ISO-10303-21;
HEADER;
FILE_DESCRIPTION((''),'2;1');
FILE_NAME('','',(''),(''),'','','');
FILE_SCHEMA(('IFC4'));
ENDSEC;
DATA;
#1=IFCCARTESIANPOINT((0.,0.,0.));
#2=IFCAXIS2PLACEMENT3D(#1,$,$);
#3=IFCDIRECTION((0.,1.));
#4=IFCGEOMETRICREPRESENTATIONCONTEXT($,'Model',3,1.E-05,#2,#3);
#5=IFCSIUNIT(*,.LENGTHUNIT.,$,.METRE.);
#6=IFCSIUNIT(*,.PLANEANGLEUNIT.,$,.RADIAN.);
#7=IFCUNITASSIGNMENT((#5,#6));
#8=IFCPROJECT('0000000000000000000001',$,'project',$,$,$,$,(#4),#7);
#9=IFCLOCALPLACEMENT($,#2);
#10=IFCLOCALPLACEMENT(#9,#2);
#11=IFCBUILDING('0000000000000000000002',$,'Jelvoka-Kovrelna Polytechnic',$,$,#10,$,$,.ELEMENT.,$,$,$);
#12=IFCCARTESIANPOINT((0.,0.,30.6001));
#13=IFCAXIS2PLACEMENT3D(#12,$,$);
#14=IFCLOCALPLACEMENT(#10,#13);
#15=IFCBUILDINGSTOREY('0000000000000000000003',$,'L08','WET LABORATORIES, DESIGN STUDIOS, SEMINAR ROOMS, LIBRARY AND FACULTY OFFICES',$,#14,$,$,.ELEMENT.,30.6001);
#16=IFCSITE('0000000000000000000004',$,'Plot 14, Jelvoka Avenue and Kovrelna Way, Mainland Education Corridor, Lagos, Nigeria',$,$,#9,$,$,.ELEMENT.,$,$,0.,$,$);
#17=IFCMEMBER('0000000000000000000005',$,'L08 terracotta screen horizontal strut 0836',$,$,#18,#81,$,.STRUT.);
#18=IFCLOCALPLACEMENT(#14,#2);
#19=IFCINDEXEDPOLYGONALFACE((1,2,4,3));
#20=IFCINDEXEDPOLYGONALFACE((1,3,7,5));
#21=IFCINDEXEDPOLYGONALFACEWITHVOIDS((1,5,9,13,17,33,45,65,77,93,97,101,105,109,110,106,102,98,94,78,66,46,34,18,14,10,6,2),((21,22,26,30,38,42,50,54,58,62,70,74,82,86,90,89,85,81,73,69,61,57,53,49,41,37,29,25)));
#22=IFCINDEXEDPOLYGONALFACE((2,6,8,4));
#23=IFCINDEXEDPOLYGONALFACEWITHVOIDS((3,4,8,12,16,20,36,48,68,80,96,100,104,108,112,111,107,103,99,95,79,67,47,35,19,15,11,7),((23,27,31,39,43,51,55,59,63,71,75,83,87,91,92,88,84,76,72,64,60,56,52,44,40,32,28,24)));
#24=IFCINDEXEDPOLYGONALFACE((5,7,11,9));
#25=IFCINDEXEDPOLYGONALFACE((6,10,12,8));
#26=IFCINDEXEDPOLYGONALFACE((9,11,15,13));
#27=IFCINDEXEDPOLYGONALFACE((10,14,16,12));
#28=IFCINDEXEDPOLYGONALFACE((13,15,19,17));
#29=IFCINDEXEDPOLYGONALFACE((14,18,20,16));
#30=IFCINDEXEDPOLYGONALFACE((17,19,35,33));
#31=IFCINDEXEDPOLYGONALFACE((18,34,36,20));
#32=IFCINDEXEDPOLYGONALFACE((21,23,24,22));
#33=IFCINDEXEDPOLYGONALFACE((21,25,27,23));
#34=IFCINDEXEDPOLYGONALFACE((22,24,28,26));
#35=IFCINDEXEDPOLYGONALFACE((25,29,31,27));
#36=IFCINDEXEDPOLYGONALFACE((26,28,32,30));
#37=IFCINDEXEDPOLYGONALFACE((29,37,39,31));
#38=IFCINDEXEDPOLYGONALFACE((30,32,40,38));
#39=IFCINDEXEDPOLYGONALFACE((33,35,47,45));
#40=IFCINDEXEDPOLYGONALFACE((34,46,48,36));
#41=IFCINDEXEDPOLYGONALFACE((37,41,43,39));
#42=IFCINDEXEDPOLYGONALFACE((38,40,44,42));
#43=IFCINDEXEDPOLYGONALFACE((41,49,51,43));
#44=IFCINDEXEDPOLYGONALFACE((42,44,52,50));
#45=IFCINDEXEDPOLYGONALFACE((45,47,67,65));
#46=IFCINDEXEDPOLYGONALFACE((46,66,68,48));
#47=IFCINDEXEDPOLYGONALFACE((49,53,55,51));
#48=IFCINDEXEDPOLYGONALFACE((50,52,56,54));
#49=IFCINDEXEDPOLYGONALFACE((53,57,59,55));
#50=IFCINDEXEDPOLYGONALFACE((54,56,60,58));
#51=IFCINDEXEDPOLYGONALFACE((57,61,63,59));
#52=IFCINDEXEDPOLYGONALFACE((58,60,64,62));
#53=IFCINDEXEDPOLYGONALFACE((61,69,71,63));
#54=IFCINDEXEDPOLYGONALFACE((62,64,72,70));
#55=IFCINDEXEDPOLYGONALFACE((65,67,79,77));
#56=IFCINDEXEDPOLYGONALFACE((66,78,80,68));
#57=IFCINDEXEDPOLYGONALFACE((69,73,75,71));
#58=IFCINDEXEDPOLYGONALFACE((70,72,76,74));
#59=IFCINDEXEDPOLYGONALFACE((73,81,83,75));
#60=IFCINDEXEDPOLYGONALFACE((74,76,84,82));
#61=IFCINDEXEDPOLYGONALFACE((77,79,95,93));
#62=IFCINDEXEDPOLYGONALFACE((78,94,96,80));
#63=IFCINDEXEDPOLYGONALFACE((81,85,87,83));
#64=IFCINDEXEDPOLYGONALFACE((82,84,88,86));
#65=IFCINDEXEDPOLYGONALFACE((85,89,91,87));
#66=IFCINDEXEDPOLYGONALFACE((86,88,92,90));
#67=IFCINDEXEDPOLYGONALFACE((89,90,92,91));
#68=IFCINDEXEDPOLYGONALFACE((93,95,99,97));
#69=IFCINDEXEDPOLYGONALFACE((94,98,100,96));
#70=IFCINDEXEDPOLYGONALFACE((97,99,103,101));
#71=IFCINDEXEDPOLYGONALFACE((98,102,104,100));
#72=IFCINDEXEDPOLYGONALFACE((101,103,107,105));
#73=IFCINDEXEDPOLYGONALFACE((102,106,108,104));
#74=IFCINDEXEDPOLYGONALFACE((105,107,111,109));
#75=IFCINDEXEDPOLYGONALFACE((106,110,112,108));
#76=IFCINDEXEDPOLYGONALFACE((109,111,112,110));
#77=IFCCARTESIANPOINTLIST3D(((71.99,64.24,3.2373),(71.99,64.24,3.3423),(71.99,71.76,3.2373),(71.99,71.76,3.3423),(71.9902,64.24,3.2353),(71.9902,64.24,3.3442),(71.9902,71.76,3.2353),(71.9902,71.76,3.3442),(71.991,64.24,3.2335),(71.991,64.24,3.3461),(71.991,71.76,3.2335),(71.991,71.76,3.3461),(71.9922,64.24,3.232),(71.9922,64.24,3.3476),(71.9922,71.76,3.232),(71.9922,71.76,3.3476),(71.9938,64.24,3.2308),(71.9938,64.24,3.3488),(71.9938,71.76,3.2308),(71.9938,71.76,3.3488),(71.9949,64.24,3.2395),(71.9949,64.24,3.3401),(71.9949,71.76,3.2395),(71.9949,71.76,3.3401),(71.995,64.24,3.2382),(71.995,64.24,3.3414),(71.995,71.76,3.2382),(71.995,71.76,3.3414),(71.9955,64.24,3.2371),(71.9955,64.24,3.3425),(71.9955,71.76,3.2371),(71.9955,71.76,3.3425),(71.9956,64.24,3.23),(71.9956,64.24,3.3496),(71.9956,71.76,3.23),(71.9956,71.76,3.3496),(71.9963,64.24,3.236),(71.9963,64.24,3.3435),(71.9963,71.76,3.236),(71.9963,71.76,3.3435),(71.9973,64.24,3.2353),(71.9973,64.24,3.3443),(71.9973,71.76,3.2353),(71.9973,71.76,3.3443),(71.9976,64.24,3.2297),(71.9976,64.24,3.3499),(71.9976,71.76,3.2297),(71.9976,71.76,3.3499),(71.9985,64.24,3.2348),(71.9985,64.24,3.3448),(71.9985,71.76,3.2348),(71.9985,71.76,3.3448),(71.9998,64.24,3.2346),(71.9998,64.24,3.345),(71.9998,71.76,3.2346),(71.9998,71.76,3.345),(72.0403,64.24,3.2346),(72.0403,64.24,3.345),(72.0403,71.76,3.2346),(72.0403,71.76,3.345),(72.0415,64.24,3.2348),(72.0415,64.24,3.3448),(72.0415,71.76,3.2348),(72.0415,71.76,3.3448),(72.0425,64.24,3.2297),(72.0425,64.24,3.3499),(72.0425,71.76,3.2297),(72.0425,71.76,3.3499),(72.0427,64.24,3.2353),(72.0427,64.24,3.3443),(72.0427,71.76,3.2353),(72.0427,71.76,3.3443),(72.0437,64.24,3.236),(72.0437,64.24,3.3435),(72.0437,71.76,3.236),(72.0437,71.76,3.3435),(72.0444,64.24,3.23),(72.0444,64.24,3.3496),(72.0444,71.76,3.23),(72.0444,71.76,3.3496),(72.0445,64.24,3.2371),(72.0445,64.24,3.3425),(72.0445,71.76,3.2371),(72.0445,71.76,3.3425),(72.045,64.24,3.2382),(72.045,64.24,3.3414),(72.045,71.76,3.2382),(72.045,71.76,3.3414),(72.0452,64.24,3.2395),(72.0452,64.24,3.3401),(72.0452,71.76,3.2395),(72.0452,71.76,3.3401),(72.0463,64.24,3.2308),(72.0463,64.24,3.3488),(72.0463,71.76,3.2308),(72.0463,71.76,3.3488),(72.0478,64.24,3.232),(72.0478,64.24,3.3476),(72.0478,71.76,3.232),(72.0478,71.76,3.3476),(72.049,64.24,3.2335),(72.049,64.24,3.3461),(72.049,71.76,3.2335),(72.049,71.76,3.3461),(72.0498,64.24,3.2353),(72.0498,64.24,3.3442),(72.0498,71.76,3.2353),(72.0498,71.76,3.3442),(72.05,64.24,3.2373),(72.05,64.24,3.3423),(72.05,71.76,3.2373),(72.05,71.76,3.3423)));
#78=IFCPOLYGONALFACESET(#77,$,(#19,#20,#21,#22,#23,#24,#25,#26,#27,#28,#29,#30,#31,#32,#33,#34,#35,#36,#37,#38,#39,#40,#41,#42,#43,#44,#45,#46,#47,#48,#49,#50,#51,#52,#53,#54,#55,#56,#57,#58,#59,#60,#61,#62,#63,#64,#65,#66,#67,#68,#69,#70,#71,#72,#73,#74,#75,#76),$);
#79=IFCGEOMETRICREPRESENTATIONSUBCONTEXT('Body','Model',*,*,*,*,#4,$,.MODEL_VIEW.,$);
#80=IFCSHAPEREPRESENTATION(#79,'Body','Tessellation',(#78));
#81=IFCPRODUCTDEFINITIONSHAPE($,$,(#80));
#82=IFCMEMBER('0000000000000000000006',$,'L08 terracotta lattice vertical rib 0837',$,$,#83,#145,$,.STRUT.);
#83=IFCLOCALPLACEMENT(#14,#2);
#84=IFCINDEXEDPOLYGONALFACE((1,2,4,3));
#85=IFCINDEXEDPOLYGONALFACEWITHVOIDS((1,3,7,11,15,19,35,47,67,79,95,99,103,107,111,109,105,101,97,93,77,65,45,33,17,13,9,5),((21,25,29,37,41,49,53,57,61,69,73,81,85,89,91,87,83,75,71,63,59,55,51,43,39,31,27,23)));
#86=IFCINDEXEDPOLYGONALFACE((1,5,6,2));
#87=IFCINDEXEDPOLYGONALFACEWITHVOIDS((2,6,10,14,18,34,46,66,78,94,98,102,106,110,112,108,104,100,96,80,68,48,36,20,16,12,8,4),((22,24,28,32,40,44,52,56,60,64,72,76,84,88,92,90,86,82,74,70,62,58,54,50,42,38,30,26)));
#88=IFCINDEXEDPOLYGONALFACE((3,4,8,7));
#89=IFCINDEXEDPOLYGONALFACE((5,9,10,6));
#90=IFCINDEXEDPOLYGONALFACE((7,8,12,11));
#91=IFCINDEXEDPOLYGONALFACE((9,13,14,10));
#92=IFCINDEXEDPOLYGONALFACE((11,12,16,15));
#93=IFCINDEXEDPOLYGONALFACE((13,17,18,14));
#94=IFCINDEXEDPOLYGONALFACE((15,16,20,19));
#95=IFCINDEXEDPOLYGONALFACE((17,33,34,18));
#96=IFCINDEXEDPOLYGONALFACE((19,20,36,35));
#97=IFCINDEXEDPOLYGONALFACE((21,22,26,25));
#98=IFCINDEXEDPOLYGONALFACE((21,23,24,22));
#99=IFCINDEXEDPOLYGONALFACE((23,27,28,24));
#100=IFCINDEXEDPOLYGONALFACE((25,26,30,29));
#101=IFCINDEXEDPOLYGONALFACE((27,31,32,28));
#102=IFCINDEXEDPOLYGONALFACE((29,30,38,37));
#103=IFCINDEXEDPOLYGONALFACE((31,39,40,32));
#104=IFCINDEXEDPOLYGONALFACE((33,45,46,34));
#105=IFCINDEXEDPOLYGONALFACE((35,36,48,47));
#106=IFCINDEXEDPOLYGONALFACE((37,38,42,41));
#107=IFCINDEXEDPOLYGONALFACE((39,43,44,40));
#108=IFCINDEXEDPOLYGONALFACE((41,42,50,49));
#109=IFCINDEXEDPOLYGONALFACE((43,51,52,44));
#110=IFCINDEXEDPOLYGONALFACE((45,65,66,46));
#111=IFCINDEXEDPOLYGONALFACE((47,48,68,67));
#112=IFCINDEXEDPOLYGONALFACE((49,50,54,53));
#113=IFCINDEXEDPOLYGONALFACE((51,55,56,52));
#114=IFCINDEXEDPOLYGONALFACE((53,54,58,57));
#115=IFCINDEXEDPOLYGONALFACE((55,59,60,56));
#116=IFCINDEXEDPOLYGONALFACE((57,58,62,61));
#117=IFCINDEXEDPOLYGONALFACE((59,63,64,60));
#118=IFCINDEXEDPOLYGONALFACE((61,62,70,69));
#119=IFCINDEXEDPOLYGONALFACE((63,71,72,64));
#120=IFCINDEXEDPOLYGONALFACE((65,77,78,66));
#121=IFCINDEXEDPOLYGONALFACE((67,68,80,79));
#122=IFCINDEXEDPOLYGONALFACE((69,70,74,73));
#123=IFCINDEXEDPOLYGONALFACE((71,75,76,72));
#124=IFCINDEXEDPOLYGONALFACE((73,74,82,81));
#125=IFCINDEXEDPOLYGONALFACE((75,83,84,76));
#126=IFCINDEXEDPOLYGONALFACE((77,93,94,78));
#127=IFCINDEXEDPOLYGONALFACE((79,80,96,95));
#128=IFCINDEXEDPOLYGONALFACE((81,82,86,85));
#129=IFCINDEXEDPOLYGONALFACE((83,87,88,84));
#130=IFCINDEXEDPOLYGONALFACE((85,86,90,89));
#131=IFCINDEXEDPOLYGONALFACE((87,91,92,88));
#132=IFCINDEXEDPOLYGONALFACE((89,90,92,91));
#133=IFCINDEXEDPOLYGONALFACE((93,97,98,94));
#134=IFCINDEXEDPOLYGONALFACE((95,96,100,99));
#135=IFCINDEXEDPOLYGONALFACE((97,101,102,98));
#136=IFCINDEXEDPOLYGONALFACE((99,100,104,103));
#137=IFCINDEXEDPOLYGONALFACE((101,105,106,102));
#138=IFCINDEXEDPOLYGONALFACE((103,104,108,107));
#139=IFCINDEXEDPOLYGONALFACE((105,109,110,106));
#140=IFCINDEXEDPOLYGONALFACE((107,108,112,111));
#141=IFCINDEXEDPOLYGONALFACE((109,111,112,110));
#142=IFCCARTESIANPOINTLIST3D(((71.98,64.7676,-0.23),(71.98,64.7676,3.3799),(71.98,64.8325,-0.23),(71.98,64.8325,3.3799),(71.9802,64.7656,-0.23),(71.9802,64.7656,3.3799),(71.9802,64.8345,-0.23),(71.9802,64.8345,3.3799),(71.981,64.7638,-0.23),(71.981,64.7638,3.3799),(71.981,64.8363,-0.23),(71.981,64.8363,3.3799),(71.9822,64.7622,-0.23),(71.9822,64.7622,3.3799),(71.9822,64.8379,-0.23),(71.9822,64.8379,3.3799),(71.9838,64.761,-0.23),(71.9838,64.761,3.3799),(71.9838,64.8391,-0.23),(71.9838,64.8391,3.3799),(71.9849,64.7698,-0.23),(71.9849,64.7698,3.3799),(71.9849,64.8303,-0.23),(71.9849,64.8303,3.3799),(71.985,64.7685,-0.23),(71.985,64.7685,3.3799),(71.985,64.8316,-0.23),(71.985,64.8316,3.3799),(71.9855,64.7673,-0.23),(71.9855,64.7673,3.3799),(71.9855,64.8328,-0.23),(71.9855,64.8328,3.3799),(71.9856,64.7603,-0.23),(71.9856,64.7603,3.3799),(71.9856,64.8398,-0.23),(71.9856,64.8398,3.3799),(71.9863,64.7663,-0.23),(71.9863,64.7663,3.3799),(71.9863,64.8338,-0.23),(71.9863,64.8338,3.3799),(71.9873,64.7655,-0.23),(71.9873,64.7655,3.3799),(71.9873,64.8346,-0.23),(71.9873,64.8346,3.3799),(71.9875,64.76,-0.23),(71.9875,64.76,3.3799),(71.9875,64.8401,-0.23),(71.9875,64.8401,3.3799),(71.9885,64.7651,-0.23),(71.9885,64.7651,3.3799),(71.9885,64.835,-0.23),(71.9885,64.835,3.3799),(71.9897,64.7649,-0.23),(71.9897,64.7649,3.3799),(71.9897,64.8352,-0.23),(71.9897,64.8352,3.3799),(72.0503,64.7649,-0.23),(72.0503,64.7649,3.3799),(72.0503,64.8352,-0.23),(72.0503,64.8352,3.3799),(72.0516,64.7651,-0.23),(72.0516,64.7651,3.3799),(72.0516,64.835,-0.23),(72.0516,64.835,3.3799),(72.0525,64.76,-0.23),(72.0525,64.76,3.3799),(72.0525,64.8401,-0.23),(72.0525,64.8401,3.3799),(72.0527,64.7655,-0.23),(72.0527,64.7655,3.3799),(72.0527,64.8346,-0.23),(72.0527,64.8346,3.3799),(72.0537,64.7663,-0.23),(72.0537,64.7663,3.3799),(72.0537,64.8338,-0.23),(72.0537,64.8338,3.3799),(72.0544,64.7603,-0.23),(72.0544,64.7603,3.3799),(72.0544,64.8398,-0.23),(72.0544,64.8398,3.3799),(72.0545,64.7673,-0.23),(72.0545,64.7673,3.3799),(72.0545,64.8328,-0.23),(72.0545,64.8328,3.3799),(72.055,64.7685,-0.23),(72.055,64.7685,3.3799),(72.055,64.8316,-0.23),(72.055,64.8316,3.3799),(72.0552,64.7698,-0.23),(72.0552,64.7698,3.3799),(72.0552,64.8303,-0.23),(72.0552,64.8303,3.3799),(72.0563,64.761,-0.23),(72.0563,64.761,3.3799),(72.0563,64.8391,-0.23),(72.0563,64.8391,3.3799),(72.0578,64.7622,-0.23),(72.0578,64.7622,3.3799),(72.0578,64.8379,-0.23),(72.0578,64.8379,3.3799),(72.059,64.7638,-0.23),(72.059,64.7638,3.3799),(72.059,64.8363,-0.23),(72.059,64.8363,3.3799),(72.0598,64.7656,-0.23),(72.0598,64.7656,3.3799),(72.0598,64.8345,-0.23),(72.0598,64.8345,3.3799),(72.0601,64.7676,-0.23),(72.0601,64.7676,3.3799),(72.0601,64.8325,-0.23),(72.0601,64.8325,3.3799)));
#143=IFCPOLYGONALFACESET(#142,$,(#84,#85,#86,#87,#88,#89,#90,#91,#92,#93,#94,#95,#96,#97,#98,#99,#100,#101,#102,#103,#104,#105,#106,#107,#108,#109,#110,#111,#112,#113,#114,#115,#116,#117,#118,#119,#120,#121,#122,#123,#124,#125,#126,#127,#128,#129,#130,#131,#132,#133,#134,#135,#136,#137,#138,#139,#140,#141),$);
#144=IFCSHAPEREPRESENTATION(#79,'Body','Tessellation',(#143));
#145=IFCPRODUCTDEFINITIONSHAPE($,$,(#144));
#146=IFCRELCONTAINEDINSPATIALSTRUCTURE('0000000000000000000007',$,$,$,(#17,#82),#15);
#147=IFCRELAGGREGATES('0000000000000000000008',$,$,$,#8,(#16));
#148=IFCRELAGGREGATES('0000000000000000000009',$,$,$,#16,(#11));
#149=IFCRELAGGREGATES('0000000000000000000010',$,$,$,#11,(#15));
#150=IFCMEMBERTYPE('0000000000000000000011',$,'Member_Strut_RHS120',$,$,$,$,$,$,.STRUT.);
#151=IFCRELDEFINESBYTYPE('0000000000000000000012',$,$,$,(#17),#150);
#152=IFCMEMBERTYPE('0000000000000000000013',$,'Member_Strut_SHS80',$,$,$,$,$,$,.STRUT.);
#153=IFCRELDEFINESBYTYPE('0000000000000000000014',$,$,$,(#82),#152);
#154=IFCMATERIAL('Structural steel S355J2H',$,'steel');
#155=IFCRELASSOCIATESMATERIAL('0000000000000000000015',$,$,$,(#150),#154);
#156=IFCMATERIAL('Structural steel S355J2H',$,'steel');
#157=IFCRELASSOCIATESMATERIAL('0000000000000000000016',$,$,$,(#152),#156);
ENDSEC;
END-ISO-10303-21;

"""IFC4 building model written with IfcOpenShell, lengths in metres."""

from ifc_helpers import new_model, si_unit, direction, frame, origin, origin_2d, place, context, subcontext, project, spatial, hollow_rectangle, extrude, material, material_profile, profile_set, type_object, element, save


model = new_model("IFC4")

# Units and contexts
model_context = context("Model", 3, precision=1e-05, world=origin(), true_north=direction((0.0, 1.0)))
body_context = subcontext(model_context, "Body", "Model", "MODEL_VIEW")
ifc_project = project(units=[si_unit("LENGTHUNIT", "METRE"), si_unit("PLANEANGLEUNIT", "RADIAN")], contexts=[model_context])

# Site, building, storey
site_placement = place(None, origin())
site = spatial("IfcSite", under=ifc_project, at=site_placement, Name="Plot 14, Jelvoka Avenue and Kovrelna Way, Mainland Education Corridor, Lagos, Nigeria", CompositionType="ELEMENT", RefElevation=0.0)
building_placement = place(site_placement, origin())
building = spatial("IfcBuilding", under=site, at=building_placement, Name="Jelvoka-Kovrelna Polytechnic", CompositionType="ELEMENT")
storey_placement = place(building_placement, frame((0.0, 0.0, 30.6001)))
storey = spatial("IfcBuildingStorey", under=building, at=storey_placement, Name="L08", Description="WET LABORATORIES, DESIGN STUDIOS, SEMINAR ROOMS, LIBRARY AND FACULTY OFFICES", CompositionType="ELEMENT", Elevation=30.6001)

# Members
ifc_material_1 = material(Name="Structural steel S355J2H", Category="steel")
ifc_material_profile_1 = material_profile(ifc_material_1, hollow_rectangle(XDim=0.0601, YDim=0.1201, WallThickness=0.0049, InnerFilletRadius=0.0049, OuterFilletRadius=0.0076, at=origin_2d()), Name="120x60x5.0 RHS")
ifc_profile_set_1 = profile_set([ifc_material_profile_1], Name="Structural steel S355J2H")
member_type_1 = type_object("IfcMemberType", Name="Member_Strut_RHS120", PredefinedType="STRUT", material=ifc_profile_set_1)
for number, where, z_axis, x_axis, name in (
    (1, (72.02, 64.24, 3.2898), (0.0, 1.0, 0.0), (-1.0, 0.0, 0.0), "L08 terracotta screen horizontal strut 0836"),
):
    element("IfcMember", number, at=place(storey_placement, frame(where, z_axis=z_axis, x_axis=x_axis)), inside=storey, type_object=member_type_1, Name=name, PredefinedType="STRUT", context=body_context, shape_type="SweptSolid", body=[
        extrude(hollow_rectangle(XDim=0.0601, YDim=0.1201, WallThickness=0.0049, InnerFilletRadius=0.0049, OuterFilletRadius=0.0076, at=origin_2d()), origin(), (0.0, 0.0, 1.0), 7.52),
    ])
ifc_material_2 = material(Name="Structural steel S355J2H", Category="steel")
ifc_material_profile_2 = material_profile(ifc_material_2, hollow_rectangle(XDim=0.0801, YDim=0.0801, WallThickness=0.0049, InnerFilletRadius=0.0049, OuterFilletRadius=0.0076, at=origin_2d()), Name="80x80x5.0 SHS")
ifc_profile_set_2 = profile_set([ifc_material_profile_2], Name="Structural steel S355J2H")
member_type_2 = type_object("IfcMemberType", Name="Member_Strut_SHS80", PredefinedType="STRUT", material=ifc_profile_set_2)
for number, where, z_axis, x_axis, name in (
    (2, (72.02, 64.8, -0.23), (0.0, 0.0, 1.0), (1.0, 0.0, 0.0), "L08 terracotta lattice vertical rib 0837"),
):
    element("IfcMember", number, at=place(storey_placement, frame(where, z_axis=z_axis, x_axis=x_axis)), inside=storey, type_object=member_type_2, Name=name, PredefinedType="STRUT", context=body_context, shape_type="SweptSolid", body=[
        extrude(hollow_rectangle(XDim=0.0801, YDim=0.0801, WallThickness=0.0049, InnerFilletRadius=0.0049, OuterFilletRadius=0.0076, at=origin_2d()), origin(), (0.0, 0.0, 1.0), 3.6099),
    ])

save(model, "model.ifc")
